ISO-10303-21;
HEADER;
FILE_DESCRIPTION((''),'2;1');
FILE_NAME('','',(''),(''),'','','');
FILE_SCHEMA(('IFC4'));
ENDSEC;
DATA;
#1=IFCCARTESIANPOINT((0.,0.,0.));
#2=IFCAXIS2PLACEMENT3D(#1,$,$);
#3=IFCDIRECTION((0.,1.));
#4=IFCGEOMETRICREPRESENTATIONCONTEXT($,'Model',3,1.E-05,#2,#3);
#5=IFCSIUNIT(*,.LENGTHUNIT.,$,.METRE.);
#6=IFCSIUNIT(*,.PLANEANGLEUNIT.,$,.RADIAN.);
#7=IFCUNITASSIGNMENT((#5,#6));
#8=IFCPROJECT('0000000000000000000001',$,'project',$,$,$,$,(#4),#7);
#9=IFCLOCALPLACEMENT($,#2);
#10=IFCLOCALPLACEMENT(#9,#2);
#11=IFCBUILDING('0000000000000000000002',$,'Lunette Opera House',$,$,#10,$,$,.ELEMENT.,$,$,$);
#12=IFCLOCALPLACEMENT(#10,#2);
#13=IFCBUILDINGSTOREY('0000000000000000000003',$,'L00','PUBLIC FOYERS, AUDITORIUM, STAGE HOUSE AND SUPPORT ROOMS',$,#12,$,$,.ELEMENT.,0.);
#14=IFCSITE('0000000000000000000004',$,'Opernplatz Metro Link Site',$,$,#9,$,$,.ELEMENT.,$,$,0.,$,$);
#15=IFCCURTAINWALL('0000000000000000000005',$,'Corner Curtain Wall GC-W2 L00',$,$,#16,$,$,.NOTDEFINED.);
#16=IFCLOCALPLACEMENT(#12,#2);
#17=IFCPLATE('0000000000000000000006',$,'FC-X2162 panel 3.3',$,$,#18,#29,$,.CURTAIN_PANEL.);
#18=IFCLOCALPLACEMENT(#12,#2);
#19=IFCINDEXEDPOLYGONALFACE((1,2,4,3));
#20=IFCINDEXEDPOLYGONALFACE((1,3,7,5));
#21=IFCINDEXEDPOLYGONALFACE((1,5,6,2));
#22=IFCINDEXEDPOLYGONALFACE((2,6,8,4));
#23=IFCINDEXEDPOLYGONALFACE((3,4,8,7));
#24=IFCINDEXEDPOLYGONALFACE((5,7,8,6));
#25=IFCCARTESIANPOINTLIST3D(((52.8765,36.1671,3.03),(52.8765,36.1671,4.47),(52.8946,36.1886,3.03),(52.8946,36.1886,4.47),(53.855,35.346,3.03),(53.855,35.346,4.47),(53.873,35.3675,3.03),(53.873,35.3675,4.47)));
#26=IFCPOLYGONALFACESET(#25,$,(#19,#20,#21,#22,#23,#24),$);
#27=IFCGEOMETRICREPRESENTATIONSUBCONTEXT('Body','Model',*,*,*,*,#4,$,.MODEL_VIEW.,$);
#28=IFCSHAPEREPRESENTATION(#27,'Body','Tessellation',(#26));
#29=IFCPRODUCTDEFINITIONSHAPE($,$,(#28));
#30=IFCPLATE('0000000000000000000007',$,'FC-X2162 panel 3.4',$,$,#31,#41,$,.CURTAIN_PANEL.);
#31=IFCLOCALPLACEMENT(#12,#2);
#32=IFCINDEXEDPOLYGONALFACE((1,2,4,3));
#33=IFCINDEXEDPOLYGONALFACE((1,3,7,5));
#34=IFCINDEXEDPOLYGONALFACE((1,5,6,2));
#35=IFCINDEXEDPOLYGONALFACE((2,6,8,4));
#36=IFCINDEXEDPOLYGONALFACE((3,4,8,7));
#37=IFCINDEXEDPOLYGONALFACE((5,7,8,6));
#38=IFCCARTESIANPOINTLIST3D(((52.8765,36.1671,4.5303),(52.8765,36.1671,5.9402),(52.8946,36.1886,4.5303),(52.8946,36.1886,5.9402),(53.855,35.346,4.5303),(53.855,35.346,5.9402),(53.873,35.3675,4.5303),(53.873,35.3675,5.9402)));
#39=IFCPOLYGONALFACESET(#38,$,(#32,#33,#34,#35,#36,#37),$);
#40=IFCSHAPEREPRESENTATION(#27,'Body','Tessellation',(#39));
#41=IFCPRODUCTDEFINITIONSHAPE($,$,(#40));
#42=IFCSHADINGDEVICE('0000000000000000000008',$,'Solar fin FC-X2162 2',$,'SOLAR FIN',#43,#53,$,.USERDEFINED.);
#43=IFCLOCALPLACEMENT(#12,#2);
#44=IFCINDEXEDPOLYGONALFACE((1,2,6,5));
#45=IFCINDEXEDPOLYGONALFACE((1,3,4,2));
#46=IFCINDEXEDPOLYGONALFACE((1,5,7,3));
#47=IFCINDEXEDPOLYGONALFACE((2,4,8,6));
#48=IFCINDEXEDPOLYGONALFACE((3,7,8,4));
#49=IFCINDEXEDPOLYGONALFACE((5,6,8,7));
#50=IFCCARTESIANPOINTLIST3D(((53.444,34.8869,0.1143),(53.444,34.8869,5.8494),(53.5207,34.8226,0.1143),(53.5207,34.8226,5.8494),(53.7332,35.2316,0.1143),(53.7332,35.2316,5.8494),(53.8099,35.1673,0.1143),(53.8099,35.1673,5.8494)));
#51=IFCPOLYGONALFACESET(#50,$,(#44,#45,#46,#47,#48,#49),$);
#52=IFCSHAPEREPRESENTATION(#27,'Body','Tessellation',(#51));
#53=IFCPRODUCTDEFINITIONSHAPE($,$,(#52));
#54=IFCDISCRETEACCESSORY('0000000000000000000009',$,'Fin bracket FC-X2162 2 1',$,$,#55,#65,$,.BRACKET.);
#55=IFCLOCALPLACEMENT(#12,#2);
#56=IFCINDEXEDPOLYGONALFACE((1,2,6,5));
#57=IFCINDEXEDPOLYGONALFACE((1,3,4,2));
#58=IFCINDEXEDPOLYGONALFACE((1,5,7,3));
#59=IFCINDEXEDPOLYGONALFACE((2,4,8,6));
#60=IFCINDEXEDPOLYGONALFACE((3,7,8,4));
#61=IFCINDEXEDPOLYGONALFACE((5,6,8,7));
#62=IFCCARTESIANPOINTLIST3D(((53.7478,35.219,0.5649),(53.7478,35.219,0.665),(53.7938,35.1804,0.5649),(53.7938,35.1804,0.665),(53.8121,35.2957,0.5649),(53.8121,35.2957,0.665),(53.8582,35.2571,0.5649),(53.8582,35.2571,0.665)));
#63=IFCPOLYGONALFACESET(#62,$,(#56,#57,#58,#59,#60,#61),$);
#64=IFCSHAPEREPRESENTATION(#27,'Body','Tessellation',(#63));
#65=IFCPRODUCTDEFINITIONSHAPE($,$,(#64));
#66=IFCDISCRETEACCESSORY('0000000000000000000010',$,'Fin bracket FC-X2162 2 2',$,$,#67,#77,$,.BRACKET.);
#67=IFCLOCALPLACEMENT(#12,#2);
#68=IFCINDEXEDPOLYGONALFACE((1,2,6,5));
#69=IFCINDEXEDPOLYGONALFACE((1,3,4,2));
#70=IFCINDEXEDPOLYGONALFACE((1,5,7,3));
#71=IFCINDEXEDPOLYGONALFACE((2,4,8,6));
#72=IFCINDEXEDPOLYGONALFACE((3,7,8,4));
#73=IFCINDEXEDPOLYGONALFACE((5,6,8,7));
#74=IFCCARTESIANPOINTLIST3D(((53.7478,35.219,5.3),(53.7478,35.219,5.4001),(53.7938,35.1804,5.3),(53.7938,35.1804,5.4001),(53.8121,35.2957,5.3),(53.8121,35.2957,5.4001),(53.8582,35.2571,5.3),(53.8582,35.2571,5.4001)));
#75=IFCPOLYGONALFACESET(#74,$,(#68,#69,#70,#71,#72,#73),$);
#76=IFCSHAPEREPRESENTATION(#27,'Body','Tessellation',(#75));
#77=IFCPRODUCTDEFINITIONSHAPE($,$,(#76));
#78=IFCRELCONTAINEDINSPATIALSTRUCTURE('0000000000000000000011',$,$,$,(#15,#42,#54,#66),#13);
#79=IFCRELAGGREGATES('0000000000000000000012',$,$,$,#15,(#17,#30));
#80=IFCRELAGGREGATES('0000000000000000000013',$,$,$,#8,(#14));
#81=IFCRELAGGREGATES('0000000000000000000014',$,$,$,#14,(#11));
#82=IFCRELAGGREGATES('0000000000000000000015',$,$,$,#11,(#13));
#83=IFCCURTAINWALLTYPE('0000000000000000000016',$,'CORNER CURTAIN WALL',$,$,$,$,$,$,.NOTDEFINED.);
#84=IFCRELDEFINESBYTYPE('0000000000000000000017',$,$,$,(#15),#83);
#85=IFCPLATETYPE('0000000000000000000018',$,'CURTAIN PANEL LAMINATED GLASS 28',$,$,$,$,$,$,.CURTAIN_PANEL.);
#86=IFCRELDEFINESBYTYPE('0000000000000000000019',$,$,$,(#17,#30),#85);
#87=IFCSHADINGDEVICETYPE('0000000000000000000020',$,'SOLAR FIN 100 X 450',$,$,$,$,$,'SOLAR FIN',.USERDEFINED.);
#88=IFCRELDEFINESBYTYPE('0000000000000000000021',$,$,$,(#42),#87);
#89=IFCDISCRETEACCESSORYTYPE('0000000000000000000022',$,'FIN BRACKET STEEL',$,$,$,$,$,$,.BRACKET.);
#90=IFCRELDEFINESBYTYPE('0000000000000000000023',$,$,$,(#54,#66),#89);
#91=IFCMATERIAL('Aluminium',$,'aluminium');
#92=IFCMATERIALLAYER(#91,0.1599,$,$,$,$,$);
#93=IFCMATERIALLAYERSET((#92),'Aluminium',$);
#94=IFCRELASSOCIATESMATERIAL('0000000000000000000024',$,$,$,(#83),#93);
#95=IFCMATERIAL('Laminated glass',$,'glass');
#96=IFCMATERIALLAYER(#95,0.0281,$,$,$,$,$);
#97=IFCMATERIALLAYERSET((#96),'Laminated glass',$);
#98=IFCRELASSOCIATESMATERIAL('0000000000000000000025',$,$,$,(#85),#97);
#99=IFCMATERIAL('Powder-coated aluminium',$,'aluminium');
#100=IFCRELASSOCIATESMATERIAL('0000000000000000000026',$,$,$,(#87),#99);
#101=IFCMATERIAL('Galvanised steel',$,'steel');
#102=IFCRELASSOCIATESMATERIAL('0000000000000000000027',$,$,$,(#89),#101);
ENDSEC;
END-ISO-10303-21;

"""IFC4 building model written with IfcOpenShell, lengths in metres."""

from ifc_helpers import new_model, si_unit, direction, frame, origin, origin_2d, place, context, subcontext, project, spatial, rectangle, extrude, material, layer, layer_set, type_object, element, aggregate, save


model = new_model("IFC4")

# Units and contexts
model_context = context("Model", 3, precision=1e-05, world=origin(), true_north=direction((0.0, 1.0)))
body_context = subcontext(model_context, "Body", "Model", "MODEL_VIEW")
ifc_project = project(units=[si_unit("LENGTHUNIT", "METRE"), si_unit("PLANEANGLEUNIT", "RADIAN")], contexts=[model_context])

# Site, building, storey
site_placement = place(None, origin())
site = spatial("IfcSite", under=ifc_project, at=site_placement, Name="Opernplatz Metro Link Site", CompositionType="ELEMENT", RefElevation=0.0)
building_placement = place(site_placement, origin())
building = spatial("IfcBuilding", under=site, at=building_placement, Name="Lunette Opera House", CompositionType="ELEMENT")
storey_placement = place(building_placement, origin())
storey = spatial("IfcBuildingStorey", under=building, at=storey_placement, Name="L00", Description="PUBLIC FOYERS, AUDITORIUM, STAGE HOUSE AND SUPPORT ROOMS", CompositionType="ELEMENT", Elevation=0.0)

# Curtain wall, plates
ifc_material_1 = material(Name="Aluminium", Category="aluminium")
ifc_layer_1 = layer(ifc_material_1, 0.1599)
ifc_layer_set_1 = layer_set([ifc_layer_1], Name="Aluminium")
curtain_wall_type = type_object("IfcCurtainWallType", Name="CORNER CURTAIN WALL", PredefinedType="NOTDEFINED", material=ifc_layer_set_1)
curtain_wall_placement = place(storey_placement, origin())
curtain_wall = element("IfcCurtainWall", 1, at=curtain_wall_placement, inside=storey, type_object=curtain_wall_type, Name="Corner Curtain Wall GC-W2 L00", PredefinedType="NOTDEFINED")
ifc_material_2 = material(Name="Laminated glass", Category="glass")
ifc_layer_2 = layer(ifc_material_2, 0.0281)
ifc_layer_set_2 = layer_set([ifc_layer_2], Name="Laminated glass")
plate_type = type_object("IfcPlateType", Name="CURTAIN PANEL LAMINATED GLASS 28", PredefinedType="CURTAIN_PANEL", material=ifc_layer_set_2)
plate_1_placement = place(storey_placement, frame((53.3748, 35.7673, 3.03), z_axis=(0.0, 0.0, 1.0), x_axis=(-0.76601, 0.642828, 0.0)))
plate_1 = element("IfcPlate", 2, at=plate_1_placement, type_object=plate_type, Name="FC-X2162 panel 3.3", PredefinedType="CURTAIN_PANEL", context=body_context, shape_type="SweptSolid", body=[
    extrude(rectangle(XDim=1.2773, YDim=0.0281, at=origin_2d()), origin(), (0.0, 0.0, 1.0), 1.4399),
])
plate_2_placement = place(storey_placement, frame((53.3748, 35.7673, 4.5303), z_axis=(0.0, 0.0, 1.0), x_axis=(-0.76601, 0.642828, 0.0)))
plate_2 = element("IfcPlate", 3, at=plate_2_placement, type_object=plate_type, Name="FC-X2162 panel 3.4", PredefinedType="CURTAIN_PANEL", context=body_context, shape_type="SweptSolid", body=[
    extrude(rectangle(XDim=1.2773, YDim=0.0281, at=origin_2d()), origin(), (0.0, 0.0, 1.0), 1.4099),
])
aggregate(curtain_wall, [plate_1, plate_2])

# Shading device
ifc_material_3 = material(Name="Powder-coated aluminium", Category="aluminium")
shading_device_type = type_object("IfcShadingDeviceType", Name="SOLAR FIN 100 X 450", ElementType="SOLAR FIN", PredefinedType="USERDEFINED", material=ifc_material_3)
shading_device_placement = place(storey_placement, frame((53.627, 35.0271, 0.1143), z_axis=(0.0, 0.0, 1.0), x_axis=(-0.642828, -0.766011, 0.0)))
element("IfcShadingDevice", 4, at=shading_device_placement, inside=storey, type_object=shading_device_type, Name="Solar fin FC-X2162 2", ObjectType="SOLAR FIN", PredefinedType="USERDEFINED", context=body_context, shape_type="SweptSolid", body=[
    extrude(rectangle(XDim=0.45, YDim=0.1001, at=origin_2d()), origin(), (0.0, 0.0, 1.0), 5.7351),
])

# Discrete accessories
ifc_material_4 = material(Name="Galvanised steel", Category="steel")
discrete_accessory_type = type_object("IfcDiscreteAccessoryType", Name="FIN BRACKET STEEL", PredefinedType="BRACKET", material=ifc_material_4)
for number, where, z_axis, x_axis, name in (
    (5, (53.803, 35.238, 0.5649), (0.0, 0.0, 1.0), (-0.642828, -0.766011, 0.0), "Fin bracket FC-X2162 2 1"),
    (6, (53.803, 35.238, 5.3), (0.0, 0.0, 1.0), (-0.642828, -0.766011, 0.0), "Fin bracket FC-X2162 2 2"),
):
    element("IfcDiscreteAccessory", number, at=place(storey_placement, frame(where, z_axis=z_axis, x_axis=x_axis)), inside=storey, type_object=discrete_accessory_type, Name=name, PredefinedType="BRACKET", context=body_context, shape_type="SweptSolid", body=[
        extrude(rectangle(XDim=0.1001, YDim=0.0601, at=origin_2d()), origin(), (0.0, 0.0, 1.0), 0.1001),
    ])

save(model, "model.ifc")
